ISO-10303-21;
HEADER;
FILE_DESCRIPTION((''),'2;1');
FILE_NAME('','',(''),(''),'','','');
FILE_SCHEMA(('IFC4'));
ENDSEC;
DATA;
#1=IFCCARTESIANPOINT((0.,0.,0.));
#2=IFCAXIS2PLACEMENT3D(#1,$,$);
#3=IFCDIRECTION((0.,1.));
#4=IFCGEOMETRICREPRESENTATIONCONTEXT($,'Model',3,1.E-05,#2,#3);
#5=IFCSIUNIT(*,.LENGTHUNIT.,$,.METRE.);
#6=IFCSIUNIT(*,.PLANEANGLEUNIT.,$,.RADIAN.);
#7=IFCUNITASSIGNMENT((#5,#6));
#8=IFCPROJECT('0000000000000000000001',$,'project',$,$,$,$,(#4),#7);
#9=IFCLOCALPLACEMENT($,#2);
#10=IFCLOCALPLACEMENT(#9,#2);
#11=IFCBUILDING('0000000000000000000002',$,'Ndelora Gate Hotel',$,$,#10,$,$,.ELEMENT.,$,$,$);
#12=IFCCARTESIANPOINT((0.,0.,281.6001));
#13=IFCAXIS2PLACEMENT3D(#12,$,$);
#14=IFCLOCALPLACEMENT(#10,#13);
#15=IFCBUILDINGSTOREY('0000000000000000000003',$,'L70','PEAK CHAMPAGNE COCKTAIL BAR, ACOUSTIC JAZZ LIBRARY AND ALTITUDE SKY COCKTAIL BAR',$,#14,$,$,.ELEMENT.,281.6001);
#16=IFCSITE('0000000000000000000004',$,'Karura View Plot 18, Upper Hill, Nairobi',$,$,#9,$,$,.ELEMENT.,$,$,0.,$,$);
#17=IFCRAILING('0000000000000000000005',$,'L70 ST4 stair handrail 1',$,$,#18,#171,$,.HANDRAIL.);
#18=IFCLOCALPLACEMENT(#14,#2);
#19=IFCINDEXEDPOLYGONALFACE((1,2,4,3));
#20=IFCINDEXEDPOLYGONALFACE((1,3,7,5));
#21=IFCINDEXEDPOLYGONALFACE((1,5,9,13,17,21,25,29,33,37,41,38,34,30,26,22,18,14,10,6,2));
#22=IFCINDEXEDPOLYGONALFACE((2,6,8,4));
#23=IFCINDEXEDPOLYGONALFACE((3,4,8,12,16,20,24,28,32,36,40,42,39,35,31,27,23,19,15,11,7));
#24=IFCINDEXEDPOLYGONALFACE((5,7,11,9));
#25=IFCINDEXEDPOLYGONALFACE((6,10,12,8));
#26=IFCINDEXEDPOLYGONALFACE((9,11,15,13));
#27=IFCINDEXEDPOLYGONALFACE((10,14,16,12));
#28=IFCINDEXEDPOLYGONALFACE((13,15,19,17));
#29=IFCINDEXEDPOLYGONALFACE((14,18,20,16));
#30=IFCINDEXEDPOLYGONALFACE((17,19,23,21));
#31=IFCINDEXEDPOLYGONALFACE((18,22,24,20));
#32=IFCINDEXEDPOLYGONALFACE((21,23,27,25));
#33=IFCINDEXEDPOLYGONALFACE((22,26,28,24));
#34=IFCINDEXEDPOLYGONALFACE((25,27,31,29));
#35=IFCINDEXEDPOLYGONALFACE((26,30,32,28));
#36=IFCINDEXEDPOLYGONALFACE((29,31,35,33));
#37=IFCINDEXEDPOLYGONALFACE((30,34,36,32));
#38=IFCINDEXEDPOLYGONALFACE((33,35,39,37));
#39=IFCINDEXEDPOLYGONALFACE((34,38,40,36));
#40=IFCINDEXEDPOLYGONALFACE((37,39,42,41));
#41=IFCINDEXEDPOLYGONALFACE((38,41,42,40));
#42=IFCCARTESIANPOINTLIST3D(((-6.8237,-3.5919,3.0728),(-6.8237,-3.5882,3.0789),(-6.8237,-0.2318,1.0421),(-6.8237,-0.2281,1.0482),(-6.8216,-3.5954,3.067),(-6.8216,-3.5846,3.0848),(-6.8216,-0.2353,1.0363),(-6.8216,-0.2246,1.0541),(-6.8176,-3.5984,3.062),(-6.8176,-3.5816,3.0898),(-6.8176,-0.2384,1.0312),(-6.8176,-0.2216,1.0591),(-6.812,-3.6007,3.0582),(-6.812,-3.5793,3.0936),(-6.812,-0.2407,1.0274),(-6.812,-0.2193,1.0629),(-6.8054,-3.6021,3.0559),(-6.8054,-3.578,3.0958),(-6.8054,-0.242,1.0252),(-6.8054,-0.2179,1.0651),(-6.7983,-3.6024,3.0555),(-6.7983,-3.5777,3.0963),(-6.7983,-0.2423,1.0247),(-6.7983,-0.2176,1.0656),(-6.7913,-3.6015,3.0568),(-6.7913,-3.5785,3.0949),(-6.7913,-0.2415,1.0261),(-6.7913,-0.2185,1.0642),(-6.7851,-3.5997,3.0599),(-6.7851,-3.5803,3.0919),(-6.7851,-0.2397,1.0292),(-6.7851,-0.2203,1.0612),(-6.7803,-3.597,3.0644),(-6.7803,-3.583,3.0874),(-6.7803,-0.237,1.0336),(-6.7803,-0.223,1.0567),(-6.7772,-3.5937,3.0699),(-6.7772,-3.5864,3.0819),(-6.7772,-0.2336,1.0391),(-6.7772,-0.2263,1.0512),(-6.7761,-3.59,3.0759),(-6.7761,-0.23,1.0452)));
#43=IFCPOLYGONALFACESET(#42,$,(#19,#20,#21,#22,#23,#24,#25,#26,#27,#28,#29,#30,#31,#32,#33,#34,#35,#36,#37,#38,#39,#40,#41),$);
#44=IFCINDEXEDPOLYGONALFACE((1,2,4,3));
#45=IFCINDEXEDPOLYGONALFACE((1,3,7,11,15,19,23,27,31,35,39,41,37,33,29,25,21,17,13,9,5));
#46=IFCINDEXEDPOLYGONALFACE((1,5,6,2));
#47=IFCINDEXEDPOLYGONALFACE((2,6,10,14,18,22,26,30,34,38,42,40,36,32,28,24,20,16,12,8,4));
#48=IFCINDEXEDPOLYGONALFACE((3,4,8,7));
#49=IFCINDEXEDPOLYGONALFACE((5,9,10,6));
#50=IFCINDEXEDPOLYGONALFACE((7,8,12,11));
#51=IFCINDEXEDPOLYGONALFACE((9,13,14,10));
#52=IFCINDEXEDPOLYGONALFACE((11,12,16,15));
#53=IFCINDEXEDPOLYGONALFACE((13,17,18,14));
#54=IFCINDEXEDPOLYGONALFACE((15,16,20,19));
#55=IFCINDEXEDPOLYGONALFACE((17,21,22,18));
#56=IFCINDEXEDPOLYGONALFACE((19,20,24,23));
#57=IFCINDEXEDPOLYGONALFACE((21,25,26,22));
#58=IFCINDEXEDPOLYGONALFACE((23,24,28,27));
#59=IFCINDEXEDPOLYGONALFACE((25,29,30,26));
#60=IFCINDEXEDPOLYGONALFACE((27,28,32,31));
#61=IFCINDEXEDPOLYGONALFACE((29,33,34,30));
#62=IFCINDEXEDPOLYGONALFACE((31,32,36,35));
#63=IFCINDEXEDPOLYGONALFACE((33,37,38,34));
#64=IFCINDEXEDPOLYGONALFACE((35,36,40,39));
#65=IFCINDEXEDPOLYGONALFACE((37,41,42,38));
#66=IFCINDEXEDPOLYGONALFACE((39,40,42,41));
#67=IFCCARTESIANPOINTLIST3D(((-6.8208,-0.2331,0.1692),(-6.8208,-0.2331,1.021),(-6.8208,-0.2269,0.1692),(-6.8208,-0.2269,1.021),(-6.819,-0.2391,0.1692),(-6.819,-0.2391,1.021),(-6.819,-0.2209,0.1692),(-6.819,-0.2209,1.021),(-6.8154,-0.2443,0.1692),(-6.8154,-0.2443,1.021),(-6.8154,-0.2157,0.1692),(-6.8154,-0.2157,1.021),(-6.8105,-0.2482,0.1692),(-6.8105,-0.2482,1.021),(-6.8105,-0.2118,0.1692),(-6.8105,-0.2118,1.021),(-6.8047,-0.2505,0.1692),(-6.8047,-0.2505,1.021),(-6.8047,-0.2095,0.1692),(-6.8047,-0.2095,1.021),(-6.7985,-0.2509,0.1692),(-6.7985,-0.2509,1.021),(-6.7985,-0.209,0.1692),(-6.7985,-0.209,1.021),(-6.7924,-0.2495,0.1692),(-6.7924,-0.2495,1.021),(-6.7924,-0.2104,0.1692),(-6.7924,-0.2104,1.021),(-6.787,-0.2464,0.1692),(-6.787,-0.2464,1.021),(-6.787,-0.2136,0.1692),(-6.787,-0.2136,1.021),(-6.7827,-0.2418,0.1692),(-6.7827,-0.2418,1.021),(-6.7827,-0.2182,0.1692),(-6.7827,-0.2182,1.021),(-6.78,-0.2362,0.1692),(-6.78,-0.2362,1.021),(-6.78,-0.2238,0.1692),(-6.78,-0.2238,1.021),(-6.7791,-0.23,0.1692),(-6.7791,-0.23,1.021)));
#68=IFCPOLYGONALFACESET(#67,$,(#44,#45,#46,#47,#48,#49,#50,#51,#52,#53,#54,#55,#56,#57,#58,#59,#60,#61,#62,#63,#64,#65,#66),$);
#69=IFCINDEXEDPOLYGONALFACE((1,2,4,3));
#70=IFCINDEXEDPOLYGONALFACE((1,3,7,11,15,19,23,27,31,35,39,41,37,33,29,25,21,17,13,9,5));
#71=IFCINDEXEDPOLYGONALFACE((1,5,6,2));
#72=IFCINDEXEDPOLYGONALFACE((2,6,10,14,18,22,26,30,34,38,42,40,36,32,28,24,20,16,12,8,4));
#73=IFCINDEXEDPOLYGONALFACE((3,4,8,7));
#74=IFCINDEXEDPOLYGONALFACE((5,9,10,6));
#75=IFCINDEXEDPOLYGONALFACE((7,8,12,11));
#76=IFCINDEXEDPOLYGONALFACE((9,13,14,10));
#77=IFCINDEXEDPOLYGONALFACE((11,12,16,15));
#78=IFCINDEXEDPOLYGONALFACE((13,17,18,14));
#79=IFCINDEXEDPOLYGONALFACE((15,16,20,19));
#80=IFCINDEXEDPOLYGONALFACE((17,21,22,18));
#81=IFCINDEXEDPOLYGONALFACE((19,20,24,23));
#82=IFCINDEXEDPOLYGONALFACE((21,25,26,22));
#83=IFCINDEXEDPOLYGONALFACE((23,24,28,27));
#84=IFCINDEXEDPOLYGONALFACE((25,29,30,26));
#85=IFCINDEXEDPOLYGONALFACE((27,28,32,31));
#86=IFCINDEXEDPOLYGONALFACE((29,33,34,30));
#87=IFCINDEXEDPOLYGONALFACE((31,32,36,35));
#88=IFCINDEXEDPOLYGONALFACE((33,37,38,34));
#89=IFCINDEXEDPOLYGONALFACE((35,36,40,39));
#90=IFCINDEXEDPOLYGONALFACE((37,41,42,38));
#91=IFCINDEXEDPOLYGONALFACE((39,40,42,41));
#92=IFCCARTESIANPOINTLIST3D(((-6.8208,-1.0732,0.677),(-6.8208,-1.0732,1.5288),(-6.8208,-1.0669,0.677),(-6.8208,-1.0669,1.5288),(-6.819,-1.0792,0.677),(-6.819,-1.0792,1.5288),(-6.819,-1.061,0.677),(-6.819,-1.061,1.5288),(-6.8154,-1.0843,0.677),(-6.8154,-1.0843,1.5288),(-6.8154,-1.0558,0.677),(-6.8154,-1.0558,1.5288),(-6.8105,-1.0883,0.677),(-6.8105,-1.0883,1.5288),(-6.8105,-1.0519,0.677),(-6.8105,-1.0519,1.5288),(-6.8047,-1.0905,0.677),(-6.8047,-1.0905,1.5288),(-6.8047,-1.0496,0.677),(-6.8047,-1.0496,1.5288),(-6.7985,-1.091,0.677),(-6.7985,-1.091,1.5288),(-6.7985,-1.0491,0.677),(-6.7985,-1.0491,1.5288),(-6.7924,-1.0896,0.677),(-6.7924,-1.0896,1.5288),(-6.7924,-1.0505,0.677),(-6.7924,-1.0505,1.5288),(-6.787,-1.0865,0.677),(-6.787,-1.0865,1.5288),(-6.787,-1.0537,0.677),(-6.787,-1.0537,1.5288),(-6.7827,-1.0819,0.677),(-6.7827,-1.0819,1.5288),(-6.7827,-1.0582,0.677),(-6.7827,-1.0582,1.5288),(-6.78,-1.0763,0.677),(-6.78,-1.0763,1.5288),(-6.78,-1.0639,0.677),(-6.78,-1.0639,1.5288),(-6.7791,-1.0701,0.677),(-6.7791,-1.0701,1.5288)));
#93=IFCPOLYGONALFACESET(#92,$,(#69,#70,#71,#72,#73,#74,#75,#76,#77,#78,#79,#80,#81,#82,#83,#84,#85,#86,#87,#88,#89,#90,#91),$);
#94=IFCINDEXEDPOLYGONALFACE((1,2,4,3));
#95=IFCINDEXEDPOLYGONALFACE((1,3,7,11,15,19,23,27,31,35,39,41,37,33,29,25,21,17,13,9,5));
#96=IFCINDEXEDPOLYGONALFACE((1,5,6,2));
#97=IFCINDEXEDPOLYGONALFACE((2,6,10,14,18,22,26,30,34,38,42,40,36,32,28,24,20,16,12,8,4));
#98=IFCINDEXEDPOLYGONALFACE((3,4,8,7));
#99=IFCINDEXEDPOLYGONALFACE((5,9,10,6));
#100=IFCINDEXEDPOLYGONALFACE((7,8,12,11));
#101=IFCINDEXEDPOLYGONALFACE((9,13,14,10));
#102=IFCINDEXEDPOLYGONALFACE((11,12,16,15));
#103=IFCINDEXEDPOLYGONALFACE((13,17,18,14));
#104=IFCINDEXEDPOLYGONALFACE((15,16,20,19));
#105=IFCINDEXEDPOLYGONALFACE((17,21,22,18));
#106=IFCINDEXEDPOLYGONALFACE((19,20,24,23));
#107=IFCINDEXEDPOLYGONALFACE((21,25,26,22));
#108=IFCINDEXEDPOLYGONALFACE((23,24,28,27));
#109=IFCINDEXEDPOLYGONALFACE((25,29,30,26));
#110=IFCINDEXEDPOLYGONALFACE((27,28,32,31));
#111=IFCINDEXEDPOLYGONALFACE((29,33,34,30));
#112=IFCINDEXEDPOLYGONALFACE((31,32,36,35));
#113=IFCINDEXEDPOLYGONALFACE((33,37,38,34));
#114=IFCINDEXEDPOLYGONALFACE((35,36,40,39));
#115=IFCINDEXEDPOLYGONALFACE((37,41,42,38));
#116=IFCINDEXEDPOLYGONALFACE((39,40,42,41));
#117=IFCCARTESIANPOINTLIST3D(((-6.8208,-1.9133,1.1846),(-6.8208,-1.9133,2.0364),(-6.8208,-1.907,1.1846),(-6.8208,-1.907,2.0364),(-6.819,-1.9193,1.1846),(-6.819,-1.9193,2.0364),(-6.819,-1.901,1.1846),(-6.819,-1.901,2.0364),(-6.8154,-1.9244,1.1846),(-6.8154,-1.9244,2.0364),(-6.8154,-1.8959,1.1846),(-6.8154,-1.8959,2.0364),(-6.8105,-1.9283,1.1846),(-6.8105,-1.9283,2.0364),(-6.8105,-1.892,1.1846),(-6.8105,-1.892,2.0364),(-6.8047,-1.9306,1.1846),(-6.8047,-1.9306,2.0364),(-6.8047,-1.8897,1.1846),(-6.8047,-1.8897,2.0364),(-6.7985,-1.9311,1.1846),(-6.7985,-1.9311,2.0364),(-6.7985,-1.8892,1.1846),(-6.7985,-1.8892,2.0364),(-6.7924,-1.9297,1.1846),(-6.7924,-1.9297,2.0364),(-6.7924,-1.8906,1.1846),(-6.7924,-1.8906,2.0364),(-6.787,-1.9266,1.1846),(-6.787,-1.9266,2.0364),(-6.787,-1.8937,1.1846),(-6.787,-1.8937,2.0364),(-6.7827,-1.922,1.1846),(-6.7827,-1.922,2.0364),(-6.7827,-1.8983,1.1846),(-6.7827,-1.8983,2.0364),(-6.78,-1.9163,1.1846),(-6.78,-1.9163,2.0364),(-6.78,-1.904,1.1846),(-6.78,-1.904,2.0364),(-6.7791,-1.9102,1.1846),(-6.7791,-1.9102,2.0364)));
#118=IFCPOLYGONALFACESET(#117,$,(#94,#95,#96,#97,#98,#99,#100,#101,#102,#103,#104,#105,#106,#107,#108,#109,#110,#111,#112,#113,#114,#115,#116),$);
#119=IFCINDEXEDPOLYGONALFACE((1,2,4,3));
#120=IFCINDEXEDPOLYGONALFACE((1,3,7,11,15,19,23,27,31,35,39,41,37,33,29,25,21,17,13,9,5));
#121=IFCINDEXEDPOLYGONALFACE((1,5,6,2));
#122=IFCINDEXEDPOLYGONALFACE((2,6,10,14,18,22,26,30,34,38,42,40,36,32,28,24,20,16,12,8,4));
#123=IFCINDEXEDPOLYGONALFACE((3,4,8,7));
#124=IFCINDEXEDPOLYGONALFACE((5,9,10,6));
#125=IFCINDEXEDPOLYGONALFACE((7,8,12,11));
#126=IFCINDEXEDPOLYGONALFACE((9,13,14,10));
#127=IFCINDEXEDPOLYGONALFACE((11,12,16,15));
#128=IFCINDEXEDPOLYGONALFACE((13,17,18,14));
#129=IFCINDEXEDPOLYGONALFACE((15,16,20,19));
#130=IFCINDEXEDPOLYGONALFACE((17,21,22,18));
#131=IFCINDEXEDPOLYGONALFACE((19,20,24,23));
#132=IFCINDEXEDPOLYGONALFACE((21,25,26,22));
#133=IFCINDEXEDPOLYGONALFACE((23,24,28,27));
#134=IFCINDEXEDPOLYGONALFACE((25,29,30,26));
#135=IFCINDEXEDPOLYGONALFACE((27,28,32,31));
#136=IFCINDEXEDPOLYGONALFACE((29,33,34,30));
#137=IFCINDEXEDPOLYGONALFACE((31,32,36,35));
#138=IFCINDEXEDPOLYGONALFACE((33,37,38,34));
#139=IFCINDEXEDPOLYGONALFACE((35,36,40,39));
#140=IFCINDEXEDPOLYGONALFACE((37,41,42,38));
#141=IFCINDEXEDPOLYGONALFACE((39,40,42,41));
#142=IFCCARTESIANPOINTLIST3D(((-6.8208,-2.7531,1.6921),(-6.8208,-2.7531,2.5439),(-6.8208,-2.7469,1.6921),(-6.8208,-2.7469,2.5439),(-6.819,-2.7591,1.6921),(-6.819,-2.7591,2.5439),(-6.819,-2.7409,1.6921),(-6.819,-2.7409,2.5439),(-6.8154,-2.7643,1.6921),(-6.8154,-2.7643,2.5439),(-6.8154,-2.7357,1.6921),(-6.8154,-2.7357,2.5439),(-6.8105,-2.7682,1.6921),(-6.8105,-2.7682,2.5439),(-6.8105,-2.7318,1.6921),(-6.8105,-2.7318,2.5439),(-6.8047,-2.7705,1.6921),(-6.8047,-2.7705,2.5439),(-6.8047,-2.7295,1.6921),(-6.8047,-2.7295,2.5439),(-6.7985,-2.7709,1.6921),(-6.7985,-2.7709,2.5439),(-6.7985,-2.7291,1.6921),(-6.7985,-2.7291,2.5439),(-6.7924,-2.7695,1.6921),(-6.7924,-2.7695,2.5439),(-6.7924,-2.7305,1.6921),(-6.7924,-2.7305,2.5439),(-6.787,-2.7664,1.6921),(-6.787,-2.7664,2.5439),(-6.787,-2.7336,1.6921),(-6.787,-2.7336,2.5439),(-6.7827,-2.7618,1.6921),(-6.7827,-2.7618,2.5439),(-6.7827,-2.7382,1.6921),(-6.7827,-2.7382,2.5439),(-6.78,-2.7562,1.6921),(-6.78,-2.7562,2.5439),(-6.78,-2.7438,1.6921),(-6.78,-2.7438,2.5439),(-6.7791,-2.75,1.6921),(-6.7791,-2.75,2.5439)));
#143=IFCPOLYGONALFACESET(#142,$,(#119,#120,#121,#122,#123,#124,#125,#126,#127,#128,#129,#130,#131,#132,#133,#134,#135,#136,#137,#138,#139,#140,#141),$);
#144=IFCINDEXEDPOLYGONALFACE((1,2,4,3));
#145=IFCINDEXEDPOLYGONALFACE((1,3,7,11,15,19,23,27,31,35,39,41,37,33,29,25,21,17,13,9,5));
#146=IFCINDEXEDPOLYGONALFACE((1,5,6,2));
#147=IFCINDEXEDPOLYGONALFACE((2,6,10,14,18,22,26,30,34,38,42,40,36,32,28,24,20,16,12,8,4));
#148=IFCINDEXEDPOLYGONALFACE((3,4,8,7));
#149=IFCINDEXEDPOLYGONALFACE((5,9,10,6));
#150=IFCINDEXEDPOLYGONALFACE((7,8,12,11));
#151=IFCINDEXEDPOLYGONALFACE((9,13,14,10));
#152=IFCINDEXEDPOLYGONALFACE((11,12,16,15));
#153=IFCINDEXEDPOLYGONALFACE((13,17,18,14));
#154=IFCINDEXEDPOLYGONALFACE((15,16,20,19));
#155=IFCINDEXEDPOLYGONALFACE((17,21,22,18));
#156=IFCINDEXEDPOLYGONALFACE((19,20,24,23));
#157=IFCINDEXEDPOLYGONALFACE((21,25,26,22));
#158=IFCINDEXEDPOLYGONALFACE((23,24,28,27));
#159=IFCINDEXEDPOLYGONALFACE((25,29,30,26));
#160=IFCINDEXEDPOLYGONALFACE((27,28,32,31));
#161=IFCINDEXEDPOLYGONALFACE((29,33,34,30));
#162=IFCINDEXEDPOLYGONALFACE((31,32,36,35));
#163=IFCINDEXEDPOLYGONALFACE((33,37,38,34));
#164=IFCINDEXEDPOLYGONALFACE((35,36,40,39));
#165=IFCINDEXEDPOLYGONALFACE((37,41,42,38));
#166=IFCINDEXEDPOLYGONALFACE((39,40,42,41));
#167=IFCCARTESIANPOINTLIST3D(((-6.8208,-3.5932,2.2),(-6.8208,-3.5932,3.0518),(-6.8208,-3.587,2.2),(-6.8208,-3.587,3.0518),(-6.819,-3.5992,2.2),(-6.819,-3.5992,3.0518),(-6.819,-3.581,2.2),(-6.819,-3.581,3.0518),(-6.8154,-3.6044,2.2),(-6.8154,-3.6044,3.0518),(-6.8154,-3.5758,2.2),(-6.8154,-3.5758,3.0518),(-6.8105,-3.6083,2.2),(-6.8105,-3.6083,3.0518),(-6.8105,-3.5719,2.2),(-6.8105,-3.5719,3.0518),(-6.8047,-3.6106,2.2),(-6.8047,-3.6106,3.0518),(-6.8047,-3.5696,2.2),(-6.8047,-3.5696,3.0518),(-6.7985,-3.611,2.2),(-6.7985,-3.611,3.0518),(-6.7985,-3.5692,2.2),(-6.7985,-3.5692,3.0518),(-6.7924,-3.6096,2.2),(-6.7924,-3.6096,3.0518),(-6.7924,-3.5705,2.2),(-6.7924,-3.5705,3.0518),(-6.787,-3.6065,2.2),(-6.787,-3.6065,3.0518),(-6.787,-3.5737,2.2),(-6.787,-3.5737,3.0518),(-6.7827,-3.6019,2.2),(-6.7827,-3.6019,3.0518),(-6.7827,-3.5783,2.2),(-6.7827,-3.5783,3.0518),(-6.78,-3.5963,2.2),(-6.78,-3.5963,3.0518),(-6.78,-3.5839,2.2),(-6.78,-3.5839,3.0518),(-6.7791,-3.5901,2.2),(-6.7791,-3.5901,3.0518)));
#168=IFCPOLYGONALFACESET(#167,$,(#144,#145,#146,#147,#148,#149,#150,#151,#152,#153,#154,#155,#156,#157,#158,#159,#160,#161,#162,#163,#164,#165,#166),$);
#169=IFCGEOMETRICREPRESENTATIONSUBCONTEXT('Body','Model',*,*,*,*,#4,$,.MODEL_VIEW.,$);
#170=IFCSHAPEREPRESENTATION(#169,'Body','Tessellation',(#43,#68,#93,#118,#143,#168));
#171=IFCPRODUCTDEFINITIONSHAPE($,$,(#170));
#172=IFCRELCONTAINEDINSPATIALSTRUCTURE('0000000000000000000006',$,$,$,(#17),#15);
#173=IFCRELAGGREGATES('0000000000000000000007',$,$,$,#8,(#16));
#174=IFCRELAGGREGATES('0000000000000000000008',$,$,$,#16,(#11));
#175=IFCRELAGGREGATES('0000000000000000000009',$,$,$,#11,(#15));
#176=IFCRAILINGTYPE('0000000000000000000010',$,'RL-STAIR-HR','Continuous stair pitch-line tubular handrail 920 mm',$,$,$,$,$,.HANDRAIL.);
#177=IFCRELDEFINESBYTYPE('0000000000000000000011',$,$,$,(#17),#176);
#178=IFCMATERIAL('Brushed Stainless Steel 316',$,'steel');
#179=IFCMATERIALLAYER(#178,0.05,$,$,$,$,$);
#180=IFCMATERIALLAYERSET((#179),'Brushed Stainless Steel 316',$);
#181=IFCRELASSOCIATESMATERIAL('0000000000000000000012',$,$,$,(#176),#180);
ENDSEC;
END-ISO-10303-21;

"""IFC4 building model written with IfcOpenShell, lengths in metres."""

from ifc_helpers import new_model, si_unit, direction, frame, origin, origin_2d, place, context, subcontext, project, spatial, circle, extrude, material, layer, layer_set, type_object, element, save


model = new_model("IFC4")

# Units and contexts
model_context = context("Model", 3, precision=1e-05, world=origin(), true_north=direction((0.0, 1.0)))
body_context = subcontext(model_context, "Body", "Model", "MODEL_VIEW")
ifc_project = project(units=[si_unit("LENGTHUNIT", "METRE"), si_unit("PLANEANGLEUNIT", "RADIAN")], contexts=[model_context])

# Site, building, storey
site_placement = place(None, origin())
site = spatial("IfcSite", under=ifc_project, at=site_placement, Name="Karura View Plot 18, Upper Hill, Nairobi", CompositionType="ELEMENT", RefElevation=0.0)
building_placement = place(site_placement, origin())
building = spatial("IfcBuilding", under=site, at=building_placement, Name="Ndelora Gate Hotel", CompositionType="ELEMENT")
storey_placement = place(building_placement, frame((0.0, 0.0, 281.6001)))
storey = spatial("IfcBuildingStorey", under=building, at=storey_placement, Name="L70", Description="PEAK CHAMPAGNE COCKTAIL BAR, ACOUSTIC JAZZ LIBRARY AND ALTITUDE SKY COCKTAIL BAR", CompositionType="ELEMENT", Elevation=281.6001)

# Railing
ifc_material_1 = material(Name="Brushed Stainless Steel 316", Category="steel")
ifc_layer_1 = layer(ifc_material_1, 0.05)
ifc_layer_set_1 = layer_set([ifc_layer_1], Name="Brushed Stainless Steel 316")
railing_type_1 = type_object("IfcRailingType", Name="RL-STAIR-HR", Description="Continuous stair pitch-line tubular handrail 920 mm", PredefinedType="HANDRAIL", material=ifc_layer_set_1)
railing_1_placement = place(storey_placement, frame((-6.8, -0.23, 0.1692)))
element("IfcRailing", 1, at=railing_1_placement, inside=storey, type_object=railing_type_1, Name="L70 ST4 stair handrail 1", PredefinedType="HANDRAIL", context=body_context, shape_type="SweptSolid", body=[
    extrude(circle(Radius=0.0239, at=origin_2d()), frame((0.0, 0.0, 0.876), z_axis=(0.0, -0.855837, 0.517246), x_axis=(1.0, 0.0, 0.0)), (0.0, 0.0, 1.0), 3.926),
    extrude(circle(Radius=0.021, at=origin_2d()), origin(), (0.0, 0.0, 1.0), 0.8518),
    extrude(circle(Radius=0.021, at=origin_2d()), frame((0.0, -0.8401, 0.5078)), (0.0, 0.0, 1.0), 0.8518),
    extrude(circle(Radius=0.021, at=origin_2d()), frame((0.0, -1.6802, 1.0154)), (0.0, 0.0, 1.0), 0.8518),
    extrude(circle(Radius=0.021, at=origin_2d()), frame((0.0, -2.52, 1.5229)), (0.0, 0.0, 1.0), 0.8518),
    extrude(circle(Radius=0.021, at=origin_2d()), frame((0.0, -3.3601, 2.0308)), (0.0, 0.0, 1.0), 0.8518),
])

save(model, "model.ifc")
